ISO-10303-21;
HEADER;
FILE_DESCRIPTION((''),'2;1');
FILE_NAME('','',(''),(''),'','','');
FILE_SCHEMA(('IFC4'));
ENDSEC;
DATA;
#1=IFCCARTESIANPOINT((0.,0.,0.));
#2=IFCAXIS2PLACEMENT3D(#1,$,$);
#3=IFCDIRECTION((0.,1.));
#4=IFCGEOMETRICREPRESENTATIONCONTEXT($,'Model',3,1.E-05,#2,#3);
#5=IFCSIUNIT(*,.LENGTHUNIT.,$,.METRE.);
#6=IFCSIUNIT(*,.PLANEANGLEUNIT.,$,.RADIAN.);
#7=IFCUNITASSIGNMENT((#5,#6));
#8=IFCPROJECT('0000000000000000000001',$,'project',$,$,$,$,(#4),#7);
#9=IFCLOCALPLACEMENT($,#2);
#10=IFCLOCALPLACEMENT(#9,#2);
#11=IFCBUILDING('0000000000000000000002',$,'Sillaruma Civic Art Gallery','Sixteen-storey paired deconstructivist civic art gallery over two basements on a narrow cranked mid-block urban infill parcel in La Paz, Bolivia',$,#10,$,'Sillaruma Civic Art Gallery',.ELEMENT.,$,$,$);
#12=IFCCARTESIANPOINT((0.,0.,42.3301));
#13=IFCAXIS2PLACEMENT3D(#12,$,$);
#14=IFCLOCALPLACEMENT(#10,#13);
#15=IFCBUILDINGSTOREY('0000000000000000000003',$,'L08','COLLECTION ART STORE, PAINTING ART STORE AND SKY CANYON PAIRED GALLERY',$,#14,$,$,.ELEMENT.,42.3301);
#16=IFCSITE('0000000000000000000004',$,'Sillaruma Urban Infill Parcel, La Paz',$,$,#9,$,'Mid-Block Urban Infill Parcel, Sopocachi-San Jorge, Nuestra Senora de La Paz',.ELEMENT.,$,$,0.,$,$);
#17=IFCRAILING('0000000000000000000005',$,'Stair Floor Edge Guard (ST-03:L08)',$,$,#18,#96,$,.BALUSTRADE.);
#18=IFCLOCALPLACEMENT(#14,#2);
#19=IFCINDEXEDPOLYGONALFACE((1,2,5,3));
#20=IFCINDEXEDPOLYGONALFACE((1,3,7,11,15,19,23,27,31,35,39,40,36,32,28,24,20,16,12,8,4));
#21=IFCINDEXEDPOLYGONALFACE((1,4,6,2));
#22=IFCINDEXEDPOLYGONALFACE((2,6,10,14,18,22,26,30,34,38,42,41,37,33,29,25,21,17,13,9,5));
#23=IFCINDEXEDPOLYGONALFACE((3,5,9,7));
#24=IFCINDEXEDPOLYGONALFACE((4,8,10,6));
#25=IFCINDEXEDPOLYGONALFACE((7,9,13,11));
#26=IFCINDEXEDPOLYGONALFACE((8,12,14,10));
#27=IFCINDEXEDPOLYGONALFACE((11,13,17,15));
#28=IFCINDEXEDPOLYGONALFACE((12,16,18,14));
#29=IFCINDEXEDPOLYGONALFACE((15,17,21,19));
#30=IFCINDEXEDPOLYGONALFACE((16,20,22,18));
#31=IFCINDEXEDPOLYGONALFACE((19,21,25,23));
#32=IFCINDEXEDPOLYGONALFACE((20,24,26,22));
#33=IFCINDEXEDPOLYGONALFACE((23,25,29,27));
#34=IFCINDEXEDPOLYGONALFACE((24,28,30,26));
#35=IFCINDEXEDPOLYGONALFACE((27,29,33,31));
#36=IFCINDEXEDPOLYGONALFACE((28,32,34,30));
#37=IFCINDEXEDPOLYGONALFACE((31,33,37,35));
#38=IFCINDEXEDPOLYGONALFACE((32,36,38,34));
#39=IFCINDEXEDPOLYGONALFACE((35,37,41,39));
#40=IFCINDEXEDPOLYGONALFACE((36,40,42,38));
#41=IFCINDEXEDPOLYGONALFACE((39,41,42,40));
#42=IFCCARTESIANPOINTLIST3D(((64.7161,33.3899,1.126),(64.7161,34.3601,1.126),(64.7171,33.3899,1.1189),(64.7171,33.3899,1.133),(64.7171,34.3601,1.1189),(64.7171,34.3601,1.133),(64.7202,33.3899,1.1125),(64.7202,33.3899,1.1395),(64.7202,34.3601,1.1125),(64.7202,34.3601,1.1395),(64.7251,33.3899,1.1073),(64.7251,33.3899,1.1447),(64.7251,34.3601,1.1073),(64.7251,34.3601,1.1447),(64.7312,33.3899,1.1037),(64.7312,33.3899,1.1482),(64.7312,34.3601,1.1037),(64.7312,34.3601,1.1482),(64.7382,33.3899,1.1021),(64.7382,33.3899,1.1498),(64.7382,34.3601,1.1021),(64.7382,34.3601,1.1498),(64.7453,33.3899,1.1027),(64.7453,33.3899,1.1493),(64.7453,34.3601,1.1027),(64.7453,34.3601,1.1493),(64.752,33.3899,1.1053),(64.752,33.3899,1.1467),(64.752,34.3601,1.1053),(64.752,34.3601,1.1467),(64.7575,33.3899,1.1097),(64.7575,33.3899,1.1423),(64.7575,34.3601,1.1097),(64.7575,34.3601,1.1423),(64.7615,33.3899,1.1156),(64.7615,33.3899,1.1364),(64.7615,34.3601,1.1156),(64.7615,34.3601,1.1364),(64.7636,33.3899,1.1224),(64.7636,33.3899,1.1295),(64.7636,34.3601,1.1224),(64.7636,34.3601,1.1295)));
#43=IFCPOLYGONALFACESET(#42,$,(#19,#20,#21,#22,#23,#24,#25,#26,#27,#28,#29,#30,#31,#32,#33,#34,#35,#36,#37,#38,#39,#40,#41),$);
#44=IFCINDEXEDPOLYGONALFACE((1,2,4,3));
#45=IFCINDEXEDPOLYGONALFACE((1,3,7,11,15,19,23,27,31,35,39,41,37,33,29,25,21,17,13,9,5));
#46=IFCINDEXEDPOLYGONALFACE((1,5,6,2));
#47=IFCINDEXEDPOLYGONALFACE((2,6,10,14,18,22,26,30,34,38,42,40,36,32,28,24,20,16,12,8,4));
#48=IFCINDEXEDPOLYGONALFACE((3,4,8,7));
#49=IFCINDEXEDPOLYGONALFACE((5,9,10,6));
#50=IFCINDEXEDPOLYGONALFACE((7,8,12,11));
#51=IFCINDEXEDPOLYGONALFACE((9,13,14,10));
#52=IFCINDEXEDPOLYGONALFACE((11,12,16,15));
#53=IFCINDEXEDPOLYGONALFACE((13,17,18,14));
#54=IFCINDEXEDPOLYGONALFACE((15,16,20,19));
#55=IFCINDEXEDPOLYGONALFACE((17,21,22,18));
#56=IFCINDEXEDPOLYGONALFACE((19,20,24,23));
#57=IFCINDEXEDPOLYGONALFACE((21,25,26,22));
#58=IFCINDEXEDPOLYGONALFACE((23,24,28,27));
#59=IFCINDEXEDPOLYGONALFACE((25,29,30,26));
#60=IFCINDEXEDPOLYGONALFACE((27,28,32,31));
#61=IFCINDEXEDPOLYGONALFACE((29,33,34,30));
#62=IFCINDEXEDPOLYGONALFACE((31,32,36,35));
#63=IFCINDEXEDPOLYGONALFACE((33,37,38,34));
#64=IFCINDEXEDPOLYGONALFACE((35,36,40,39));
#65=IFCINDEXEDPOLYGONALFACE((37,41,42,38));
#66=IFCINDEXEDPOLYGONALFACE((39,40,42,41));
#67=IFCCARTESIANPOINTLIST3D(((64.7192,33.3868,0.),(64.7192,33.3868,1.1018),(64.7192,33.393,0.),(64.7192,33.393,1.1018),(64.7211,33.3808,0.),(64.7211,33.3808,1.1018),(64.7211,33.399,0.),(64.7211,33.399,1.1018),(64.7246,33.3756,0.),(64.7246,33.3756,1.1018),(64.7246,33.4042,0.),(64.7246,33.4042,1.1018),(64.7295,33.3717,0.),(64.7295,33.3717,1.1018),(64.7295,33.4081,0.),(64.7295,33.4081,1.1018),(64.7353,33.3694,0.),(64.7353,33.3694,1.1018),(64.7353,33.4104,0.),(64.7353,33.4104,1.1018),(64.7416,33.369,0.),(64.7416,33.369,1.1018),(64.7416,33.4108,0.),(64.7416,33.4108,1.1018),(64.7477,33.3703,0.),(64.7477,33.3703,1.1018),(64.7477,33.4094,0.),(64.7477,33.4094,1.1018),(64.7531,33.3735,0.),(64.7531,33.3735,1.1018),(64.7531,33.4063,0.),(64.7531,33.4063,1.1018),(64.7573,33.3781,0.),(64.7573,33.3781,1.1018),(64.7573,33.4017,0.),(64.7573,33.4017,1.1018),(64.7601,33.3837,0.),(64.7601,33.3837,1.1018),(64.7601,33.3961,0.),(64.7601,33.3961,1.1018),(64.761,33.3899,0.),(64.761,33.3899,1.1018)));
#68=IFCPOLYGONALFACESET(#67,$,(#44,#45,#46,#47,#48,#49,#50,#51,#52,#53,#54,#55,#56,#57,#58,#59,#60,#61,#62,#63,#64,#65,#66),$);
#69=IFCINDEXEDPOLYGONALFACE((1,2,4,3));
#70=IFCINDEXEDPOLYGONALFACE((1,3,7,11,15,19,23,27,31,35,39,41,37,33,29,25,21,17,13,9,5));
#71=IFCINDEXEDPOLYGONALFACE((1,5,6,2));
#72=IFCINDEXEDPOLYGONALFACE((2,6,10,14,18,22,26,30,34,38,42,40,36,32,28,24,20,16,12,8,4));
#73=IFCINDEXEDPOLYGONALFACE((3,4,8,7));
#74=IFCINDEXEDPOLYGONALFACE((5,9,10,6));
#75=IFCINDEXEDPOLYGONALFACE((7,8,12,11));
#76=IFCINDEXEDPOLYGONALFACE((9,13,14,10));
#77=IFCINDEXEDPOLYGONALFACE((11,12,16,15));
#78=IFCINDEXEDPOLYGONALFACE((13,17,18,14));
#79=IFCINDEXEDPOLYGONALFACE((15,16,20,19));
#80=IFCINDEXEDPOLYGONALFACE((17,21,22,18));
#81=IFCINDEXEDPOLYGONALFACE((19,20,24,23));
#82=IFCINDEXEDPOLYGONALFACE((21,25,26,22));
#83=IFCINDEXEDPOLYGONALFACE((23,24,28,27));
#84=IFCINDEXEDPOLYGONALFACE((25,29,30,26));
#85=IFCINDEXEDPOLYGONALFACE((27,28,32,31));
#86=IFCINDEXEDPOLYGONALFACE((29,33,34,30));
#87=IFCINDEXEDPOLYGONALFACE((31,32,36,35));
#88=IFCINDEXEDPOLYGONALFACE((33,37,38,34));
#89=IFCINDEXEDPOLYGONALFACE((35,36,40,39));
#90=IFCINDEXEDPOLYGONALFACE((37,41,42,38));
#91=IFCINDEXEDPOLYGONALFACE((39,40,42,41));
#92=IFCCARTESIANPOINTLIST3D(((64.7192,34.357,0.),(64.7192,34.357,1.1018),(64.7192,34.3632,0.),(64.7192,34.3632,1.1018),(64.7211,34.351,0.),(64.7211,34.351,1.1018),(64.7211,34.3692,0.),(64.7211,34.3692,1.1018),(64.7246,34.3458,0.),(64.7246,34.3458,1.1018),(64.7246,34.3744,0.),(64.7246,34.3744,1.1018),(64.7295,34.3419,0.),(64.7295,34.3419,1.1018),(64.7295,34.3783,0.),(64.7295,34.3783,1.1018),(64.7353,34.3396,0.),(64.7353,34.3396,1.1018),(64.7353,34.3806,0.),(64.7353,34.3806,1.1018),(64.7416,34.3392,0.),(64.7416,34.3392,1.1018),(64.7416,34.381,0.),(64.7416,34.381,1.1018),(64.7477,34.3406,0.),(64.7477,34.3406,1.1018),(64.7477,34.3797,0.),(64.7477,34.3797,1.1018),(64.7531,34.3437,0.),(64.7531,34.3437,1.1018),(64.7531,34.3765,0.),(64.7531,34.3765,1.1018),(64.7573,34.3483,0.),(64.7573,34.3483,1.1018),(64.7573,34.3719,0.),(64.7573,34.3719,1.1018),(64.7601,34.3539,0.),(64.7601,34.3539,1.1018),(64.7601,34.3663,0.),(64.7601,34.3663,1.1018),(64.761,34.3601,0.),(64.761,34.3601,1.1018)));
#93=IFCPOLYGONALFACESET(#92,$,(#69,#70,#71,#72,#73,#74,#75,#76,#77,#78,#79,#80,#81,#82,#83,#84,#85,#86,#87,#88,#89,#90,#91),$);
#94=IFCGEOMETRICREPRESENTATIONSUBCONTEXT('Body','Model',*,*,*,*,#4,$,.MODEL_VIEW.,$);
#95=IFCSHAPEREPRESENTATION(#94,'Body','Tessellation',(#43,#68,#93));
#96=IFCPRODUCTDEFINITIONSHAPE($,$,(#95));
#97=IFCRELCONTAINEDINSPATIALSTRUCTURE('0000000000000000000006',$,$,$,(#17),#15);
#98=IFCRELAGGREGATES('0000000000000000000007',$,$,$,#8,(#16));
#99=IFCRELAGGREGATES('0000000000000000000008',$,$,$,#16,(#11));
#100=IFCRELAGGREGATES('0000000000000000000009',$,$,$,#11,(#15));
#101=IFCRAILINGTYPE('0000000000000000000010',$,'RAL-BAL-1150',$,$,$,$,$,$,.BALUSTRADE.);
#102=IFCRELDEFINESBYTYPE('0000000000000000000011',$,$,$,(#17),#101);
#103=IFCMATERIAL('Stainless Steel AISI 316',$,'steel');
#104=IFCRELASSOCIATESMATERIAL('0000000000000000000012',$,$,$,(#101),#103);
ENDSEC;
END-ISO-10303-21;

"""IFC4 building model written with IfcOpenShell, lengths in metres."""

from ifc_helpers import new_model, si_unit, direction, frame, origin, origin_2d, place, context, subcontext, project, spatial, circle, extrude, material, type_object, element, save


model = new_model("IFC4")

# Units and contexts
model_context = context("Model", 3, precision=1e-05, world=origin(), true_north=direction((0.0, 1.0)))
body_context = subcontext(model_context, "Body", "Model", "MODEL_VIEW")
ifc_project = project(units=[si_unit("LENGTHUNIT", "METRE"), si_unit("PLANEANGLEUNIT", "RADIAN")], contexts=[model_context])

# Site, building, storey
site_placement = place(None, origin())
site = spatial("IfcSite", under=ifc_project, at=site_placement, Name="Sillaruma Urban Infill Parcel, La Paz", LongName="Mid-Block Urban Infill Parcel, Sopocachi-San Jorge, Nuestra Senora de La Paz", CompositionType="ELEMENT", RefElevation=0.0)
building_placement = place(site_placement, origin())
building = spatial("IfcBuilding", under=site, at=building_placement, Name="Sillaruma Civic Art Gallery", Description="Sixteen-storey paired deconstructivist civic art gallery over two basements on a narrow cranked mid-block urban infill parcel in La Paz, Bolivia", LongName="Sillaruma Civic Art Gallery", CompositionType="ELEMENT")
storey_placement = place(building_placement, frame((0.0, 0.0, 42.3301)))
storey = spatial("IfcBuildingStorey", under=building, at=storey_placement, Name="L08", Description="COLLECTION ART STORE, PAINTING ART STORE AND SKY CANYON PAIRED GALLERY", CompositionType="ELEMENT", Elevation=42.3301)

# Railing
ifc_material_1 = material(Name="Stainless Steel AISI 316", Category="steel")
railing_type_1 = type_object("IfcRailingType", Name="RAL-BAL-1150", PredefinedType="BALUSTRADE", material=ifc_material_1)
railing_1_placement = place(storey_placement, frame((64.74, 33.3899, 0.0)))
element("IfcRailing", 1, at=railing_1_placement, inside=storey, type_object=railing_type_1, Name="Stair Floor Edge Guard (ST-03:L08)", PredefinedType="BALUSTRADE", context=body_context, shape_type="SweptSolid", body=[
    extrude(circle(Radius=0.0239, at=origin_2d()), frame((0.0, 0.0, 1.126), z_axis=(0.0, 1.0, 0.0), x_axis=(-1.0, 0.0, 0.0)), (0.0, 0.0, 1.0), 0.9702),
    extrude(circle(Radius=0.021, at=origin_2d()), origin(), (0.0, 0.0, 1.0), 1.1018),
    extrude(circle(Radius=0.021, at=origin_2d()), frame((0.0, 0.9702, 0.0)), (0.0, 0.0, 1.0), 1.1018),
])

save(model, "model.ifc")
